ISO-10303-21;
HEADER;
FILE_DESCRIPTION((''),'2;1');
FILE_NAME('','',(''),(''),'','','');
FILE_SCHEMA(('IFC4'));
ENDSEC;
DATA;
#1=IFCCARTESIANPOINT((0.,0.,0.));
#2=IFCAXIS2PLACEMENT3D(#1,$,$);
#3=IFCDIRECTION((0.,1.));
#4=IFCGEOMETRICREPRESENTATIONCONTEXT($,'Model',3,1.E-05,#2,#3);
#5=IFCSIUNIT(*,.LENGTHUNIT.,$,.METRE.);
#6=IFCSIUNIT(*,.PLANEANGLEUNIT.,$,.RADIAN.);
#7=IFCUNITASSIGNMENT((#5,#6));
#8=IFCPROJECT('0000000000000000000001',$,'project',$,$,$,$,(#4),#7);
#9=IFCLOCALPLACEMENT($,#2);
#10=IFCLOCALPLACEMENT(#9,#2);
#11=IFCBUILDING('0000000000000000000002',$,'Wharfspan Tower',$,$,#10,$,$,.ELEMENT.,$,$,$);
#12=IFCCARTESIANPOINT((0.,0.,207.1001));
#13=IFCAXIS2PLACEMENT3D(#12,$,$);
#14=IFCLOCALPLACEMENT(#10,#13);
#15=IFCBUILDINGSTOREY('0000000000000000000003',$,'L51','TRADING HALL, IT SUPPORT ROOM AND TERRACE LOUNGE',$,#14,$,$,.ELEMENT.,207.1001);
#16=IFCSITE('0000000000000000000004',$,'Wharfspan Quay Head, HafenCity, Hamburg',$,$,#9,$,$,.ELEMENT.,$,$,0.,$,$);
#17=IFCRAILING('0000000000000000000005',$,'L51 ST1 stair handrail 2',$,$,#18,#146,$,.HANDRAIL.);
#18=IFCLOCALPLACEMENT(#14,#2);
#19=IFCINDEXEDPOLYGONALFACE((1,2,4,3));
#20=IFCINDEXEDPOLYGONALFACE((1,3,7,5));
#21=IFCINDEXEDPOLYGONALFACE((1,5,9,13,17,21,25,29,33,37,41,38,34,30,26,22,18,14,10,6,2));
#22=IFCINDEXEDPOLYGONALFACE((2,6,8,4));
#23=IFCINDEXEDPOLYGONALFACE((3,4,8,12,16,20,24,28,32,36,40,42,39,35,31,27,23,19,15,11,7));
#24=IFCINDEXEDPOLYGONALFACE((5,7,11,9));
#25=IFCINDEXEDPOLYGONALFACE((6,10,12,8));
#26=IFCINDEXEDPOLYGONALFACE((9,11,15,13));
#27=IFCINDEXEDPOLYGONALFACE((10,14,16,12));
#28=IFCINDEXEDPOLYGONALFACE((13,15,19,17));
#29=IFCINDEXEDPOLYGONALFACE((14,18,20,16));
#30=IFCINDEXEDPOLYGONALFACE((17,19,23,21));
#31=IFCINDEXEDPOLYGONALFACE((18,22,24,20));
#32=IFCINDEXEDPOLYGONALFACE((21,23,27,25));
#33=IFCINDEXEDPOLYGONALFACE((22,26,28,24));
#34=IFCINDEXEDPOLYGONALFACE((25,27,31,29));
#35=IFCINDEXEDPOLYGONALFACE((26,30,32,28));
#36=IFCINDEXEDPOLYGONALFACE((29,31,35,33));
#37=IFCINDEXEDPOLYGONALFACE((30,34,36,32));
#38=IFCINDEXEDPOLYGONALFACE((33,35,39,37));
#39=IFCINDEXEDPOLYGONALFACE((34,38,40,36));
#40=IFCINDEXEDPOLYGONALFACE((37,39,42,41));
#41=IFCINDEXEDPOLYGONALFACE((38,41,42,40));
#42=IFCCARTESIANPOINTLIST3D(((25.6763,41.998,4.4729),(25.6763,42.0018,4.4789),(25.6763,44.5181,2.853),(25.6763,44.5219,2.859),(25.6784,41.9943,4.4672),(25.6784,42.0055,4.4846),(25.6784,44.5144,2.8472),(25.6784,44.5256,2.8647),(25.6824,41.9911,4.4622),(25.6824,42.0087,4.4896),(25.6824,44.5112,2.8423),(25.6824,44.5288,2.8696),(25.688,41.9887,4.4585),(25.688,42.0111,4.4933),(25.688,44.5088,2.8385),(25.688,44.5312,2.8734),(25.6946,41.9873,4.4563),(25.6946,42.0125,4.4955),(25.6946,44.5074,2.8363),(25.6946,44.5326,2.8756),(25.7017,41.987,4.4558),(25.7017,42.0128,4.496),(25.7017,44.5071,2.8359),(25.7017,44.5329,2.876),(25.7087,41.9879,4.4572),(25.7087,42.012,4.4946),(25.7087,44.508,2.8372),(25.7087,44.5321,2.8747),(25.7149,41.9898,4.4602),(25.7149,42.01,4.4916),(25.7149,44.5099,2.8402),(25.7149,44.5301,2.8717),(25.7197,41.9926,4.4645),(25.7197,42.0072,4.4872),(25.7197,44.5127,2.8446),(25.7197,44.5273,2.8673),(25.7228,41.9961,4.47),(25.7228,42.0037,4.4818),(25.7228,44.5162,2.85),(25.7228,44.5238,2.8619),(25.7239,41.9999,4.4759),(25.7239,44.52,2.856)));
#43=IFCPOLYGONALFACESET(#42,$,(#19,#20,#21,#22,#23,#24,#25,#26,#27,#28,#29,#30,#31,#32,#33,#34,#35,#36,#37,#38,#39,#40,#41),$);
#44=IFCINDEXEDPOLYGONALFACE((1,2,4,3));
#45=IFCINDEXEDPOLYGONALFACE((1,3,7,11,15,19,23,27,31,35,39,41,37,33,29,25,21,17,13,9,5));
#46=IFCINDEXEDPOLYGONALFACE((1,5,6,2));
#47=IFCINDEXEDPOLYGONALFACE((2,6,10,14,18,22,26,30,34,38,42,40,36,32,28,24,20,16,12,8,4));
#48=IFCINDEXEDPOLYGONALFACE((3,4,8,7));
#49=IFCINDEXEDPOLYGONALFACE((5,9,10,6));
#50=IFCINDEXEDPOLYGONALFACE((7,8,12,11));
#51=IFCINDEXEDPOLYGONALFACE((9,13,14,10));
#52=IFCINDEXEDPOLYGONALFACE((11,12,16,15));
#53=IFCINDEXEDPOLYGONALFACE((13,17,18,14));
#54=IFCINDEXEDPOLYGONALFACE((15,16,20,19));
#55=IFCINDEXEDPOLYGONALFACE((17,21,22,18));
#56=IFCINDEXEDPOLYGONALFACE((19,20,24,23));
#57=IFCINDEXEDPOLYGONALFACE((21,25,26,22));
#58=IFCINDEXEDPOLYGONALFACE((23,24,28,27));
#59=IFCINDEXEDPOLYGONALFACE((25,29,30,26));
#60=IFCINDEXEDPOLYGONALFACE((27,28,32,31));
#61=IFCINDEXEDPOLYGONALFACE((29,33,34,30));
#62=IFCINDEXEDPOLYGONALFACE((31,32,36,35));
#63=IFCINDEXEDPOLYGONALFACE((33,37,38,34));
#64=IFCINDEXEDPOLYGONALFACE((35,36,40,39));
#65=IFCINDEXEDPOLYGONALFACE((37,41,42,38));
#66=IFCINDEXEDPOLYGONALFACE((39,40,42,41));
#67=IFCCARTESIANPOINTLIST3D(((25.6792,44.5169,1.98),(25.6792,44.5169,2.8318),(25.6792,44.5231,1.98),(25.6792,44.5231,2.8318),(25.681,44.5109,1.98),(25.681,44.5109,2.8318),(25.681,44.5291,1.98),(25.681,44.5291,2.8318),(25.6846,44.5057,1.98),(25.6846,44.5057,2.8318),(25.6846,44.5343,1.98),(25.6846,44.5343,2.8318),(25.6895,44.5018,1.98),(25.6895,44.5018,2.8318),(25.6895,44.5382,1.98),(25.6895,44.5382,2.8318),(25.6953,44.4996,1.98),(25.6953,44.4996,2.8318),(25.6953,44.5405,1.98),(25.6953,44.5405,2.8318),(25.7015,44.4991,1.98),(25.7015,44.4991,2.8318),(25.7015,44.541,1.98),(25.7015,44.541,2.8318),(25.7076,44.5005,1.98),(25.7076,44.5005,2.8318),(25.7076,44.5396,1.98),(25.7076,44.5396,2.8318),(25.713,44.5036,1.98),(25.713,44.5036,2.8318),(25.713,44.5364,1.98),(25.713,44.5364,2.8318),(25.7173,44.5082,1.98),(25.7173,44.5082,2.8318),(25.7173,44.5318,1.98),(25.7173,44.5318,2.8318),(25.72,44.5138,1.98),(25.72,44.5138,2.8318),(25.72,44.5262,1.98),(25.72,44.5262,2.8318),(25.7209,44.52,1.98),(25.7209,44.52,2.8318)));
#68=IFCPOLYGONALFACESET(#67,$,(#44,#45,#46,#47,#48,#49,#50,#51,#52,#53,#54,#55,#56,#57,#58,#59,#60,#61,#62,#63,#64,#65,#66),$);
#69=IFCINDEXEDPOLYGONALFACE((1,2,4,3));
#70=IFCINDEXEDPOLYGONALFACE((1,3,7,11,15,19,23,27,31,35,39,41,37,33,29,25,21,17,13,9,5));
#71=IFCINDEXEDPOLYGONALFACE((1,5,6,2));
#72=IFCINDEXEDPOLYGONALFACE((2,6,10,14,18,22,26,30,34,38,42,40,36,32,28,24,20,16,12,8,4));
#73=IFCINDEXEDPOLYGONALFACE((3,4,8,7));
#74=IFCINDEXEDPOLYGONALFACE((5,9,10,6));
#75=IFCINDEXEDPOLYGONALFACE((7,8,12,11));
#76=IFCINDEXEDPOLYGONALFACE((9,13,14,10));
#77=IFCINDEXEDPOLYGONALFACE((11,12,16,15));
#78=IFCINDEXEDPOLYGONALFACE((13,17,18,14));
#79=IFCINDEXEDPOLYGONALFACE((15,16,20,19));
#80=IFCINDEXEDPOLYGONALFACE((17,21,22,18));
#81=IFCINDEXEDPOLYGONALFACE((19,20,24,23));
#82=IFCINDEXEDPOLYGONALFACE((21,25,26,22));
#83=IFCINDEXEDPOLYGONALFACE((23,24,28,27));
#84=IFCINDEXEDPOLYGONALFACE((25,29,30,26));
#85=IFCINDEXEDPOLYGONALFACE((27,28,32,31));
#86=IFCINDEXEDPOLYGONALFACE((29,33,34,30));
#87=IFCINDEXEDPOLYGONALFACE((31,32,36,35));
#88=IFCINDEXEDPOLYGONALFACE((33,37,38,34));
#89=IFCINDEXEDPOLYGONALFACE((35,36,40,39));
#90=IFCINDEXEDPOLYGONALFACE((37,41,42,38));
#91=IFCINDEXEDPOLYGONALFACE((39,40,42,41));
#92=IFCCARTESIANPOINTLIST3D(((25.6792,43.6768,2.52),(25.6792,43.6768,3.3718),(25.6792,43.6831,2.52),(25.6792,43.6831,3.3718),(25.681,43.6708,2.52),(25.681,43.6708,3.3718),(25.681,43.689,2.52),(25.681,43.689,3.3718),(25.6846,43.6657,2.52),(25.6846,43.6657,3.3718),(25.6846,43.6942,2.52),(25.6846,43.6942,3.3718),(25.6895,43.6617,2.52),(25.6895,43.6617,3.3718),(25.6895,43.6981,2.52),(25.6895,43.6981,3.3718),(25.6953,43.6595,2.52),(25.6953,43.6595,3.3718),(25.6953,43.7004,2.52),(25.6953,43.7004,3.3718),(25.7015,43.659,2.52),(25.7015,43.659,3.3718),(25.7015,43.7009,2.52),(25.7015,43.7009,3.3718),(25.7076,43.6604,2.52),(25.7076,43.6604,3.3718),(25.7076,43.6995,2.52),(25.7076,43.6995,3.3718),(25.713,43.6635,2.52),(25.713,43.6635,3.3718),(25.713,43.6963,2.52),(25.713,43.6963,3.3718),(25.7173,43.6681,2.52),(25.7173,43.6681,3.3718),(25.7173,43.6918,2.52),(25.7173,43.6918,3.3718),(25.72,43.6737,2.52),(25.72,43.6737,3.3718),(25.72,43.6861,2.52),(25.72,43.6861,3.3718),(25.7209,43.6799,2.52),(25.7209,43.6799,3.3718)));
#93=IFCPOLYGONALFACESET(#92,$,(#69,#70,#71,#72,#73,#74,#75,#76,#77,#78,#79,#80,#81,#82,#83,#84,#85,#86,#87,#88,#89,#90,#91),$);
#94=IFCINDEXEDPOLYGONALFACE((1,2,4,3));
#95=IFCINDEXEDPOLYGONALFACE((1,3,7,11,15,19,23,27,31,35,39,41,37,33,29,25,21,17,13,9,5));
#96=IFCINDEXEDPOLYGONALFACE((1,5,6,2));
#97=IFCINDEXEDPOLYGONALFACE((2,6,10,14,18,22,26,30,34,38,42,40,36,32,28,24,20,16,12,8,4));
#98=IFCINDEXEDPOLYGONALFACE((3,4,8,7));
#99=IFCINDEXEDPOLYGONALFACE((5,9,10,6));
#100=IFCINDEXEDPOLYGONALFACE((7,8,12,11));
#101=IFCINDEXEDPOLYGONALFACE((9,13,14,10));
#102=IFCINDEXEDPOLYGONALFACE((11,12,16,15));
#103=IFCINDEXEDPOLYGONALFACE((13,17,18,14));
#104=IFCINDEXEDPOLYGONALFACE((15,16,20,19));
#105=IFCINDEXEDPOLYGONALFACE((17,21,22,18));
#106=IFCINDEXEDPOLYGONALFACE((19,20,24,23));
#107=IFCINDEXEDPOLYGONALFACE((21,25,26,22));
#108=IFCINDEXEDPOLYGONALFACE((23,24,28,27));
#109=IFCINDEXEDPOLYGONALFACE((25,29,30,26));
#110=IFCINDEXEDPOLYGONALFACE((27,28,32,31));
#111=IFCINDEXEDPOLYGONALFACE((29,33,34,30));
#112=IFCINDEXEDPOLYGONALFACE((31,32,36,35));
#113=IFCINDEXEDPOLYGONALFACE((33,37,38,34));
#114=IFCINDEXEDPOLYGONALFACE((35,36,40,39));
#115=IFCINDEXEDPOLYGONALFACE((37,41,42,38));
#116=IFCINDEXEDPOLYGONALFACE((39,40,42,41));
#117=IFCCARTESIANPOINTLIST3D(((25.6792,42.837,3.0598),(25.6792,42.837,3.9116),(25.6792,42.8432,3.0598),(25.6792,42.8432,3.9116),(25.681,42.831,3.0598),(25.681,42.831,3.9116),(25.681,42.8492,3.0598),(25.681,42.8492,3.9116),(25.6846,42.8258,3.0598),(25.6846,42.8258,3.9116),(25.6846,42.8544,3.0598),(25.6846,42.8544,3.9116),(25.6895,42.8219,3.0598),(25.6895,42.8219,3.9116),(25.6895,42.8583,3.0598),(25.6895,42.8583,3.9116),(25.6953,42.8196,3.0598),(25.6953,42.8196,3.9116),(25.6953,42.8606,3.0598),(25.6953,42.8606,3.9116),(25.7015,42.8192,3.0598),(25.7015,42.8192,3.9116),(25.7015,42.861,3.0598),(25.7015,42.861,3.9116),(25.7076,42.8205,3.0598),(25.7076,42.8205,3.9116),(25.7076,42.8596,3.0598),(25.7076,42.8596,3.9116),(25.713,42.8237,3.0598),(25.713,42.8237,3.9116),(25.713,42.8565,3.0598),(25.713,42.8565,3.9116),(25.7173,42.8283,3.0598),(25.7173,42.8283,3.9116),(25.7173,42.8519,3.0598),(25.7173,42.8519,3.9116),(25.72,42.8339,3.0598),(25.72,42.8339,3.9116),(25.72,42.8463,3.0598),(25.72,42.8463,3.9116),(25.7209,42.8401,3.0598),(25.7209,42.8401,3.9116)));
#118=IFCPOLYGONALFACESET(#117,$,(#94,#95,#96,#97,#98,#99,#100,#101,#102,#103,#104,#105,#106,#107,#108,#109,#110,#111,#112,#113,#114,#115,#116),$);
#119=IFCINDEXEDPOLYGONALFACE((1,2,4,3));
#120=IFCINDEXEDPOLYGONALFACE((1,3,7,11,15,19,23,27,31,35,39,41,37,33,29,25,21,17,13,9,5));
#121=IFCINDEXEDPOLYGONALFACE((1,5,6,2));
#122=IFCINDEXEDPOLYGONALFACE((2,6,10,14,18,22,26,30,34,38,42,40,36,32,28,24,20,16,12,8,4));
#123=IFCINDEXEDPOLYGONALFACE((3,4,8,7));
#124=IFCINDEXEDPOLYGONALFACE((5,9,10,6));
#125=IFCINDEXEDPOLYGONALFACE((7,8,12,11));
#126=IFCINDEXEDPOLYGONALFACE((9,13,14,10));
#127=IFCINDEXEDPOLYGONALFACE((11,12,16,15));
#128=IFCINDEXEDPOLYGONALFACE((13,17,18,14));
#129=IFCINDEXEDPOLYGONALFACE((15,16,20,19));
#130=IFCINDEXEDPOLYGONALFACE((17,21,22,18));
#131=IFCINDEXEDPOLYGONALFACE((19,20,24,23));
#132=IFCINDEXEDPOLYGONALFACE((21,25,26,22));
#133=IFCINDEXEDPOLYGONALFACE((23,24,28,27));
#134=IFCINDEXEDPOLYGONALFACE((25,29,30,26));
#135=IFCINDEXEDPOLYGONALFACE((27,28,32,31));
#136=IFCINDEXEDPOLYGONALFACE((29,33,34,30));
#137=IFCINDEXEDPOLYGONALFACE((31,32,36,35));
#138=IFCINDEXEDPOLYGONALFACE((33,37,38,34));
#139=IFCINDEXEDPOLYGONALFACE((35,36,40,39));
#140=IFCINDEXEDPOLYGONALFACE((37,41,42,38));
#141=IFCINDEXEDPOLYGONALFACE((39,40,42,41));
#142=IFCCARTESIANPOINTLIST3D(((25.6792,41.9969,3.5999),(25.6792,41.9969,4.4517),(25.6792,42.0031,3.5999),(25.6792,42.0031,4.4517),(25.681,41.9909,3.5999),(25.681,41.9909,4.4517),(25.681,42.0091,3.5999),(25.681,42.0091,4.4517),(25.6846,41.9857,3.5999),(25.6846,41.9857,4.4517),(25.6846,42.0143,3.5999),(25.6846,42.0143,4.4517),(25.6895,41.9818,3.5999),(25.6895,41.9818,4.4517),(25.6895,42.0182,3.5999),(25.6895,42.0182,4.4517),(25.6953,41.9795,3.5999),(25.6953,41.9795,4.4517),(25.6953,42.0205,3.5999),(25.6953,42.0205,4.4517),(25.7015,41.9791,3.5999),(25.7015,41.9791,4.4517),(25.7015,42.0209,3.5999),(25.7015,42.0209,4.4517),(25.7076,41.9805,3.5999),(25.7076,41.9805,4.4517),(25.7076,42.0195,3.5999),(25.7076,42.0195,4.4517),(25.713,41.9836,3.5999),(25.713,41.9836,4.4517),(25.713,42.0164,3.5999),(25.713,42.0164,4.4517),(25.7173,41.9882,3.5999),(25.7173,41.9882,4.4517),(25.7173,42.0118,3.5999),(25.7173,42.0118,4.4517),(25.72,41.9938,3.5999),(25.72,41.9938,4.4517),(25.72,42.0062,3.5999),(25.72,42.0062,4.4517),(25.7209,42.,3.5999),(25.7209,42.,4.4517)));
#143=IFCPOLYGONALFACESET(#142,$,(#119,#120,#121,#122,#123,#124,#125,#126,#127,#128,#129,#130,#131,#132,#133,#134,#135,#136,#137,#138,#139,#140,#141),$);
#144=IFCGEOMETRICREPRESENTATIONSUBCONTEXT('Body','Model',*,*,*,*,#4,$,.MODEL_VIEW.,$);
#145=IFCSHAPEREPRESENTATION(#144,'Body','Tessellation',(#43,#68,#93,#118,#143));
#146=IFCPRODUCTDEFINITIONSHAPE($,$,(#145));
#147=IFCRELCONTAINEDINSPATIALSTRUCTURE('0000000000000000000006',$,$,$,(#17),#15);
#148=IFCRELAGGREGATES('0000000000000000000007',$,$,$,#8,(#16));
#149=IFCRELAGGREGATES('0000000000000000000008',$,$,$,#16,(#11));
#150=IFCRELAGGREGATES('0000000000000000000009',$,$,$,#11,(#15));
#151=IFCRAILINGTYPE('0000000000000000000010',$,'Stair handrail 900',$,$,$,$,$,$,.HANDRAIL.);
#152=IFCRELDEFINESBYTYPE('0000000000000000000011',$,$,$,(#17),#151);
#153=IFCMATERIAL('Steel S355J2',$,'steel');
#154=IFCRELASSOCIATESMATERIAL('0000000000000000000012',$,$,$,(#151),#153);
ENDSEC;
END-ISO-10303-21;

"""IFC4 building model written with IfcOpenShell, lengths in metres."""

from ifc_helpers import new_model, si_unit, direction, frame, origin, origin_2d, place, context, subcontext, project, spatial, circle, extrude, material, type_object, element, save


model = new_model("IFC4")

# Units and contexts
model_context = context("Model", 3, precision=1e-05, world=origin(), true_north=direction((0.0, 1.0)))
body_context = subcontext(model_context, "Body", "Model", "MODEL_VIEW")
ifc_project = project(units=[si_unit("LENGTHUNIT", "METRE"), si_unit("PLANEANGLEUNIT", "RADIAN")], contexts=[model_context])

# Site, building, storey
site_placement = place(None, origin())
site = spatial("IfcSite", under=ifc_project, at=site_placement, Name="Wharfspan Quay Head, HafenCity, Hamburg", CompositionType="ELEMENT", RefElevation=0.0)
building_placement = place(site_placement, origin())
building = spatial("IfcBuilding", under=site, at=building_placement, Name="Wharfspan Tower", CompositionType="ELEMENT")
storey_placement = place(building_placement, frame((0.0, 0.0, 207.1001)))
storey = spatial("IfcBuildingStorey", under=building, at=storey_placement, Name="L51", Description="TRADING HALL, IT SUPPORT ROOM AND TERRACE LOUNGE", CompositionType="ELEMENT", Elevation=207.1001)

# Shared definitions
ifc_material_1 = material(Name="Steel S355J2", Category="steel")

# Railing
railing_type_1 = type_object("IfcRailingType", Name="Stair handrail 900", PredefinedType="HANDRAIL", material=ifc_material_1)
railing_1_placement = place(storey_placement, frame((25.7, 44.52, 1.98)))
element("IfcRailing", 1, at=railing_1_placement, inside=storey, type_object=railing_type_1, Name="L51 ST1 stair handrail 2", PredefinedType="HANDRAIL", context=body_context, shape_type="SweptSolid", body=[
    extrude(circle(Radius=0.0239, at=origin_2d()), frame((0.0, 0.0, 0.876), z_axis=(0.0, -0.8412, 0.540725), x_axis=(1.0, 0.0, 0.0)), (0.0, 0.0, 1.0), 2.9958),
    extrude(circle(Radius=0.021, at=origin_2d()), origin(), (0.0, 0.0, 1.0), 0.8518),
    extrude(circle(Radius=0.021, at=origin_2d()), frame((0.0, -0.8401, 0.54)), (0.0, 0.0, 1.0), 0.8518),
    extrude(circle(Radius=0.021, at=origin_2d()), frame((0.0, -1.6799, 1.0798)), (0.0, 0.0, 1.0), 0.8518),
    extrude(circle(Radius=0.021, at=origin_2d()), frame((0.0, -2.52, 1.6199)), (0.0, 0.0, 1.0), 0.8518),
])

save(model, "model.ifc")
